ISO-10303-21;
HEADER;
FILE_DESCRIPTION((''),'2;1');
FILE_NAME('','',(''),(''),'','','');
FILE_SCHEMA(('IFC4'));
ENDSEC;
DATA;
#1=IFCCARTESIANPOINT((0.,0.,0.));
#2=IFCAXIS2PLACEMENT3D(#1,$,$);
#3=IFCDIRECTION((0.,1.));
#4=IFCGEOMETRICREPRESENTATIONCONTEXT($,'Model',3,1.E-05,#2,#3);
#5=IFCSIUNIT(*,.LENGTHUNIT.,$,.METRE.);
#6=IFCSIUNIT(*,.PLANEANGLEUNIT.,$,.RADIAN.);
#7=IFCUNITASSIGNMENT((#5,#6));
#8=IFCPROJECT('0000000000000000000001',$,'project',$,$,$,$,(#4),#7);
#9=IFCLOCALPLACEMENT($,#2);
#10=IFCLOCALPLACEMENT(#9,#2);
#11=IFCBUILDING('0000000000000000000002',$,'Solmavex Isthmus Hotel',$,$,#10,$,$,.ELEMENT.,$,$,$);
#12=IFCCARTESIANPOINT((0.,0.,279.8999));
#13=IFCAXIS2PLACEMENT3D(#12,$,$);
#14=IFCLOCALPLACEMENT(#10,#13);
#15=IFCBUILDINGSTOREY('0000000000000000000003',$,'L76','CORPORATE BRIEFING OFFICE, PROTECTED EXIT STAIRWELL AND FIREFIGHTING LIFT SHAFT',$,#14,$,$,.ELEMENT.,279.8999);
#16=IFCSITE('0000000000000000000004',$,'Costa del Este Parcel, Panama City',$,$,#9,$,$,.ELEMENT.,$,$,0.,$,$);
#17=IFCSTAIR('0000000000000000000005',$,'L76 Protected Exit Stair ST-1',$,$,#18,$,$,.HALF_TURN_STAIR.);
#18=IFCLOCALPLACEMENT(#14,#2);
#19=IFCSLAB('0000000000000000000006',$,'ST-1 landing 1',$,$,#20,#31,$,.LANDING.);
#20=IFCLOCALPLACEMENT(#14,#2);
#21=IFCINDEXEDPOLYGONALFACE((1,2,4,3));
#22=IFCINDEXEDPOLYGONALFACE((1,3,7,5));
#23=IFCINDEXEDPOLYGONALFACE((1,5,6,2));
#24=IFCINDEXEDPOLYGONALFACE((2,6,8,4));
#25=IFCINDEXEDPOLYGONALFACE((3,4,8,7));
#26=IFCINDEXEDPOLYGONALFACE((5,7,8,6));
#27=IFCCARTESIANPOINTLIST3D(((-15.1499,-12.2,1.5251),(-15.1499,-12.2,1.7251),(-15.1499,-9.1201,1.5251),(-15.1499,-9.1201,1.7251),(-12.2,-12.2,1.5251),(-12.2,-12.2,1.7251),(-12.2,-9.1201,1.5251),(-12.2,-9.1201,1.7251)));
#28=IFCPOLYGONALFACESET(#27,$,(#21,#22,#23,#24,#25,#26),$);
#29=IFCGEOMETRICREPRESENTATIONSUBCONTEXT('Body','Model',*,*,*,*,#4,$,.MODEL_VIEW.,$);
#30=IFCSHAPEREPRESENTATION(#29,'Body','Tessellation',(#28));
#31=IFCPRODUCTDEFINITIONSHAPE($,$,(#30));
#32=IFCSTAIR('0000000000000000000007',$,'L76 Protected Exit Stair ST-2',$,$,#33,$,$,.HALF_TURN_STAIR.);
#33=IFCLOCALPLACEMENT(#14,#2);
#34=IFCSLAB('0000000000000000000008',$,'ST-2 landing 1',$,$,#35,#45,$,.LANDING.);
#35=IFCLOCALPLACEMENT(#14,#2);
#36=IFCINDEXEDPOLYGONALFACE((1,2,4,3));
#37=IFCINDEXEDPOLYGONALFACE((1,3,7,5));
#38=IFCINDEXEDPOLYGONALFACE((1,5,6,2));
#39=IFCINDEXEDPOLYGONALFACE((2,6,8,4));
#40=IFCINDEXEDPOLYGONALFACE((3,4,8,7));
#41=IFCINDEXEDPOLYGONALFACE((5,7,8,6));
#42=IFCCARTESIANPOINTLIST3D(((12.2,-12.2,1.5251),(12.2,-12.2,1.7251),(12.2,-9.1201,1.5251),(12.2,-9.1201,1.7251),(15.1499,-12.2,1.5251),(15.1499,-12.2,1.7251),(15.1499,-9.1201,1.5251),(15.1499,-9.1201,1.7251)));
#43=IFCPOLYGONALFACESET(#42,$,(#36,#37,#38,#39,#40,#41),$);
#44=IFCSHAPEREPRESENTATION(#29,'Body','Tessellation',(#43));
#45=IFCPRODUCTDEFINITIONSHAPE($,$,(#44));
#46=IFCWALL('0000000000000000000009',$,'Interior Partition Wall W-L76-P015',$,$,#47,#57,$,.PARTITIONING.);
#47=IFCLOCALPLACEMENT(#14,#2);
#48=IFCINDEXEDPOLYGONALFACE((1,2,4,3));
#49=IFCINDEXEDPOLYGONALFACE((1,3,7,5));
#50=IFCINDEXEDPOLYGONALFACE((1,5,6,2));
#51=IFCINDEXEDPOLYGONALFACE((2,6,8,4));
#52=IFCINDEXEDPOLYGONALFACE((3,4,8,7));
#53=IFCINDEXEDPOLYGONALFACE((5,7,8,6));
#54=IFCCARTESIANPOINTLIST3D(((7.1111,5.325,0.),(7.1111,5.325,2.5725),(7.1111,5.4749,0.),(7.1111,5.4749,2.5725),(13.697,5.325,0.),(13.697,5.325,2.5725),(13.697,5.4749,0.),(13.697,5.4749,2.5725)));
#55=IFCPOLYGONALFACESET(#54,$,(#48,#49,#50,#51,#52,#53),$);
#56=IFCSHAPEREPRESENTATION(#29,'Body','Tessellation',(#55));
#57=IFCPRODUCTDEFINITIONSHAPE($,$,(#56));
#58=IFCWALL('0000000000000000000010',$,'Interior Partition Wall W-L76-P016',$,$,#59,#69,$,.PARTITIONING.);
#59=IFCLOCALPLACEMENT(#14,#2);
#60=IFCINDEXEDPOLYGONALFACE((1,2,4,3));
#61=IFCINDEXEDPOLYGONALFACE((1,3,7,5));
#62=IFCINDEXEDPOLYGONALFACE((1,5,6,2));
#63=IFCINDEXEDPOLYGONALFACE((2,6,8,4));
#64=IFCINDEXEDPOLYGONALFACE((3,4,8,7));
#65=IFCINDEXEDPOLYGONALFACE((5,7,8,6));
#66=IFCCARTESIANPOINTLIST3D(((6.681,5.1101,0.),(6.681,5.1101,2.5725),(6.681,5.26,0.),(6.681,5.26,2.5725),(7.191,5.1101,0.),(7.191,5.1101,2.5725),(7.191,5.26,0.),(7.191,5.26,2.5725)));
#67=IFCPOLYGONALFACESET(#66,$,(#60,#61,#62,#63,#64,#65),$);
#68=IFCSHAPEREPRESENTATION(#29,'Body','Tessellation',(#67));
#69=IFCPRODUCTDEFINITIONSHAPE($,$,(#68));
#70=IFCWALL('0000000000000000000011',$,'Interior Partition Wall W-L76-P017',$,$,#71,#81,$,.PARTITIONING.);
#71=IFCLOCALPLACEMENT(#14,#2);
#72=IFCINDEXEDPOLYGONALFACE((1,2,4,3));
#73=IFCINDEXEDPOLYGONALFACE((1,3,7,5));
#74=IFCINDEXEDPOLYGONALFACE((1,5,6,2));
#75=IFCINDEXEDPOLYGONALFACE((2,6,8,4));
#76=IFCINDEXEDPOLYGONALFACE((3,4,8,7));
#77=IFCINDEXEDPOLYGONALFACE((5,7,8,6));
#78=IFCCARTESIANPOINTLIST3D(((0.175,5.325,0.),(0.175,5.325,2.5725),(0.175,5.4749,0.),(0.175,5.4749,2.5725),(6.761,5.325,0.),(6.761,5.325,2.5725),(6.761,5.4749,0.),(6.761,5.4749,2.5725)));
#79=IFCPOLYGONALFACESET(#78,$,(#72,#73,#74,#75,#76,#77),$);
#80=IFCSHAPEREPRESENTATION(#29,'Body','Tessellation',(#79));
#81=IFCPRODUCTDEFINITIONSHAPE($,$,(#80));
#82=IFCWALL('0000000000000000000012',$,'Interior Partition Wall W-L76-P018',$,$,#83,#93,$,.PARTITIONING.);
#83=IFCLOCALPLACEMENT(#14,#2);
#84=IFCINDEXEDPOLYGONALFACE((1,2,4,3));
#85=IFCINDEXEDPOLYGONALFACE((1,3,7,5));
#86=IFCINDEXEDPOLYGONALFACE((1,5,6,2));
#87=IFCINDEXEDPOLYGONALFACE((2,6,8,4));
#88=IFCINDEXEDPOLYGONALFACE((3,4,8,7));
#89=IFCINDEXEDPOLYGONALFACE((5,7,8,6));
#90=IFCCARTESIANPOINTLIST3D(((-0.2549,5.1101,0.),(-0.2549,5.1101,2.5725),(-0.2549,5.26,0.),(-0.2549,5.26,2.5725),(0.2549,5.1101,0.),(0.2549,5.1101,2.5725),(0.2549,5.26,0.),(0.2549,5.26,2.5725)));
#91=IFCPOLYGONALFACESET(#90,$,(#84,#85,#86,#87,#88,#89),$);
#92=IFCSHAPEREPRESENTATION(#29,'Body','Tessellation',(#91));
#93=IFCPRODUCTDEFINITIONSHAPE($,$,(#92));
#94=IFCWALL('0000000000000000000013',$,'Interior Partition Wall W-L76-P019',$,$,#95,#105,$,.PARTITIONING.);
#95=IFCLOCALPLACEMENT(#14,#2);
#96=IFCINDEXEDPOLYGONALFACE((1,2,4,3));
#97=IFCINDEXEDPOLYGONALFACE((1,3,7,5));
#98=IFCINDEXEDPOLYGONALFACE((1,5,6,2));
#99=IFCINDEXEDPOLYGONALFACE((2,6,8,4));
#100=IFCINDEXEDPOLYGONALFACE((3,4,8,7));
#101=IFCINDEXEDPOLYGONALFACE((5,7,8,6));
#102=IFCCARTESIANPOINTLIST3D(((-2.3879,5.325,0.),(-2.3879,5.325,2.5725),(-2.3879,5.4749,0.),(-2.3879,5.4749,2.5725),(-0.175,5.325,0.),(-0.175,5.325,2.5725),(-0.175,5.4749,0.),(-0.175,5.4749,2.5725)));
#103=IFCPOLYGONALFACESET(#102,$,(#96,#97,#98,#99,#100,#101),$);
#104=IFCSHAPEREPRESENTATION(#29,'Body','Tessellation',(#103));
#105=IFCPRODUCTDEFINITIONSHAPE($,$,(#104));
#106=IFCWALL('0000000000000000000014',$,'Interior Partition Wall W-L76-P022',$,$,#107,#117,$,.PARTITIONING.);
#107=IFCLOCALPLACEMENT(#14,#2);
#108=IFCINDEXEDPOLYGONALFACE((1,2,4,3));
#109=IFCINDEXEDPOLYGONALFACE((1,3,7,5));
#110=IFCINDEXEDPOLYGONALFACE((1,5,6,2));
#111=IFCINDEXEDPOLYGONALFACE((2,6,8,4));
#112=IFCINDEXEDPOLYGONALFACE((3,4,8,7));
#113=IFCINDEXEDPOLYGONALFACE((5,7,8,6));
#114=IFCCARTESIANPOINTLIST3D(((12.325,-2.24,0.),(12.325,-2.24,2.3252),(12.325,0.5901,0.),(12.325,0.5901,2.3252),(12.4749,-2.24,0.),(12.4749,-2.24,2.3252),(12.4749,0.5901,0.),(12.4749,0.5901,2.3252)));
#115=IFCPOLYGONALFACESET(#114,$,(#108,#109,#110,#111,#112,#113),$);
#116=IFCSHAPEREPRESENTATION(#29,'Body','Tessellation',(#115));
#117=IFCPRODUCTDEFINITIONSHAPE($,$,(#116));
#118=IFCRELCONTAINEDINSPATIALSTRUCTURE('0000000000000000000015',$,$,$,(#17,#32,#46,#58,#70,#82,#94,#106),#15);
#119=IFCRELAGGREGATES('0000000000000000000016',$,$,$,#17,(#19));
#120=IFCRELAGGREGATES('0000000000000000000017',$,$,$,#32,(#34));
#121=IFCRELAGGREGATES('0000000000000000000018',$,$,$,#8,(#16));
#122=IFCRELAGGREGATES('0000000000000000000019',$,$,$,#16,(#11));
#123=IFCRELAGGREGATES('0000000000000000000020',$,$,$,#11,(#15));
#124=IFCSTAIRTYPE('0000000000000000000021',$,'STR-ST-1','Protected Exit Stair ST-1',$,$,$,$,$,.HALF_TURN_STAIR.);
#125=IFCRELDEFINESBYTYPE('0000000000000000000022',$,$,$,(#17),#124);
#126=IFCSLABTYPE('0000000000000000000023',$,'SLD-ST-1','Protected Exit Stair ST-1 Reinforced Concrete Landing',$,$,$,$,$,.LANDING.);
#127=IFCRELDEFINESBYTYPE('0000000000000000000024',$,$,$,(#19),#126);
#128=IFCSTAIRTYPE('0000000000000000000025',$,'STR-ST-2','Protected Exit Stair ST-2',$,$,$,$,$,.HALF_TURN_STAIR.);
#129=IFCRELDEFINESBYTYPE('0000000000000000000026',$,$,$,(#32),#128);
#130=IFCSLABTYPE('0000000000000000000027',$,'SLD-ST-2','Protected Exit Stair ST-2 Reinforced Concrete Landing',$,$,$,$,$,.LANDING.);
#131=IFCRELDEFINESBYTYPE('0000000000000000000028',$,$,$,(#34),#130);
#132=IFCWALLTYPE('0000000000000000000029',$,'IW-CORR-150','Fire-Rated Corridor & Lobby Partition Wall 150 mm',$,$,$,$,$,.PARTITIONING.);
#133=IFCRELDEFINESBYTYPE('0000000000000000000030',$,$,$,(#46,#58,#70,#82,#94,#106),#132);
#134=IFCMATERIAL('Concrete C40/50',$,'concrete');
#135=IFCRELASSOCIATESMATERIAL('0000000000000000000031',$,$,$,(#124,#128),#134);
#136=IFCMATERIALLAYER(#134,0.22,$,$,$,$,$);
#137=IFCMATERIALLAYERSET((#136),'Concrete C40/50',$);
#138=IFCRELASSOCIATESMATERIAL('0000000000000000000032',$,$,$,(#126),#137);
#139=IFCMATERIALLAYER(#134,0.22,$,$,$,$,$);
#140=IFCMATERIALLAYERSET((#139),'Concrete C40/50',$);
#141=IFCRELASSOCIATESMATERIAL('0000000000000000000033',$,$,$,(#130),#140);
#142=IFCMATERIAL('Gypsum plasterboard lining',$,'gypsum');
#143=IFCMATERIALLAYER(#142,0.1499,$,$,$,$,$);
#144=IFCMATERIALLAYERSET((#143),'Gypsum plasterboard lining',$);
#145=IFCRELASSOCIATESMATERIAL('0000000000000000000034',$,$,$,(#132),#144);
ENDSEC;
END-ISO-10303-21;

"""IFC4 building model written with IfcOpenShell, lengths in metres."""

from ifc_helpers import new_model, si_unit, direction, frame, frame_2d, origin, place, context, subcontext, project, spatial, polyline, rectangle, outline, extrude, material, layer, layer_set, type_object, element, aggregate, save


model = new_model("IFC4")

# Units and contexts
model_context = context("Model", 3, precision=1e-05, world=origin(), true_north=direction((0.0, 1.0)))
body_context = subcontext(model_context, "Body", "Model", "MODEL_VIEW")
ifc_project = project(units=[si_unit("LENGTHUNIT", "METRE"), si_unit("PLANEANGLEUNIT", "RADIAN")], contexts=[model_context])

# Site, building, storey
site_placement = place(None, origin())
site = spatial("IfcSite", under=ifc_project, at=site_placement, Name="Costa del Este Parcel, Panama City", CompositionType="ELEMENT", RefElevation=0.0)
building_placement = place(site_placement, origin())
building = spatial("IfcBuilding", under=site, at=building_placement, Name="Solmavex Isthmus Hotel", CompositionType="ELEMENT")
storey_placement = place(building_placement, frame((0.0, 0.0, 279.8999)))
storey = spatial("IfcBuildingStorey", under=building, at=storey_placement, Name="L76", Description="CORPORATE BRIEFING OFFICE, PROTECTED EXIT STAIRWELL AND FIREFIGHTING LIFT SHAFT", CompositionType="ELEMENT", Elevation=279.8999)

# Shared definitions
ifc_material_1 = material(Name="Concrete C40/50", Category="concrete")

# Stairs, slabs
stair_type_1 = type_object("IfcStairType", Name="STR-ST-1", Description="Protected Exit Stair ST-1", PredefinedType="HALF_TURN_STAIR", material=ifc_material_1)
stair_1_placement = place(storey_placement, origin())
stair_1 = element("IfcStair", 1, at=stair_1_placement, inside=storey, type_object=stair_type_1, Name="L76 Protected Exit Stair ST-1", PredefinedType="HALF_TURN_STAIR")
ifc_layer_1 = layer(ifc_material_1, 0.22)
ifc_layer_set_1 = layer_set([ifc_layer_1], Name="Concrete C40/50")
slab_type_1 = type_object("IfcSlabType", Name="SLD-ST-1", Description="Protected Exit Stair ST-1 Reinforced Concrete Landing", PredefinedType="LANDING", material=ifc_layer_set_1)
slab_1_placement = place(storey_placement, frame((0.0, 0.0, 1.5251)))
slab_1 = element("IfcSlab", 2, at=slab_1_placement, type_object=slab_type_1, Name="ST-1 landing 1", PredefinedType="LANDING", context=body_context, shape_type="SweptSolid", body=[
    extrude(outline(polyline([(-15.1499, -9.1201), (-15.1499, -12.2), (-12.2, -12.2), (-12.2, -9.1201), (-15.1499, -9.1201)])), origin(), (0.0, 0.0, 1.0), 0.2),
])
aggregate(stair_1, [slab_1])
stair_type_2 = type_object("IfcStairType", Name="STR-ST-2", Description="Protected Exit Stair ST-2", PredefinedType="HALF_TURN_STAIR", material=ifc_material_1)
stair_2_placement = place(storey_placement, origin())
stair_2 = element("IfcStair", 3, at=stair_2_placement, inside=storey, type_object=stair_type_2, Name="L76 Protected Exit Stair ST-2", PredefinedType="HALF_TURN_STAIR")
ifc_layer_2 = layer(ifc_material_1, 0.22)
ifc_layer_set_2 = layer_set([ifc_layer_2], Name="Concrete C40/50")
slab_type_2 = type_object("IfcSlabType", Name="SLD-ST-2", Description="Protected Exit Stair ST-2 Reinforced Concrete Landing", PredefinedType="LANDING", material=ifc_layer_set_2)
slab_2_placement = place(storey_placement, frame((0.0, 0.0, 1.5251)))
slab_2 = element("IfcSlab", 4, at=slab_2_placement, type_object=slab_type_2, Name="ST-2 landing 1", PredefinedType="LANDING", context=body_context, shape_type="SweptSolid", body=[
    extrude(outline(polyline([(12.2, -9.1201), (12.2, -12.2), (15.1499, -12.2), (15.1499, -9.1201), (12.2, -9.1201)])), origin(), (0.0, 0.0, 1.0), 0.2),
])
aggregate(stair_2, [slab_2])

# Walls
ifc_material_2 = material(Name="Gypsum plasterboard lining", Category="gypsum")
ifc_layer_3 = layer(ifc_material_2, 0.1499)
ifc_layer_set_3 = layer_set([ifc_layer_3], Name="Gypsum plasterboard lining")
wall_type = type_object("IfcWallType", Name="IW-CORR-150", Description="Fire-Rated Corridor & Lobby Partition Wall 150 mm", PredefinedType="PARTITIONING", material=ifc_layer_set_3)
wall_1_placement = place(storey_placement, frame((13.697, 5.3999, 0.0), z_axis=(0.0, 0.0, 1.0), x_axis=(-1.0, 0.0, 0.0)))
element("IfcWall", 5, at=wall_1_placement, inside=storey, type_object=wall_type, Name="Interior Partition Wall W-L76-P015", PredefinedType="PARTITIONING", context=body_context, shape_type="SweptSolid", body=[
    extrude(rectangle(XDim=6.5859, YDim=0.1499, at=frame_2d((3.293, 0.0))), origin(), (0.0, 0.0, 1.0), 2.5725),
])
wall_2_placement = place(storey_placement, frame((7.1909, 5.1851, 0.0), z_axis=(0.0, 0.0, 1.0), x_axis=(-1.0, 0.0, 0.0)))
element("IfcWall", 6, at=wall_2_placement, inside=storey, type_object=wall_type, Name="Interior Partition Wall W-L76-P016", PredefinedType="PARTITIONING", context=body_context, shape_type="SweptSolid", body=[
    extrude(rectangle(XDim=0.51, YDim=0.1499, at=frame_2d((0.2549, 0.0))), origin(), (0.0, 0.0, 1.0), 2.5725),
])
wall_3_placement = place(storey_placement, frame((6.761, 5.3999, 0.0), z_axis=(0.0, 0.0, 1.0), x_axis=(-1.0, 0.0, 0.0)))
element("IfcWall", 7, at=wall_3_placement, inside=storey, type_object=wall_type, Name="Interior Partition Wall W-L76-P017", PredefinedType="PARTITIONING", context=body_context, shape_type="SweptSolid", body=[
    extrude(rectangle(XDim=6.5859, YDim=0.1499, at=frame_2d((3.293, 0.0))), origin(), (0.0, 0.0, 1.0), 2.5725),
])
wall_4_placement = place(storey_placement, frame((0.2549, 5.1851, 0.0), z_axis=(0.0, 0.0, 1.0), x_axis=(-1.0, 0.0, 0.0)))
element("IfcWall", 8, at=wall_4_placement, inside=storey, type_object=wall_type, Name="Interior Partition Wall W-L76-P018", PredefinedType="PARTITIONING", context=body_context, shape_type="SweptSolid", body=[
    extrude(rectangle(XDim=0.5098, YDim=0.1499, at=frame_2d((0.2549, 0.0))), origin(), (0.0, 0.0, 1.0), 2.5725),
])
wall_5_placement = place(storey_placement, frame((-0.175, 5.3999, 0.0), z_axis=(0.0, 0.0, 1.0), x_axis=(-1.0, 0.0, 0.0)))
element("IfcWall", 9, at=wall_5_placement, inside=storey, type_object=wall_type, Name="Interior Partition Wall W-L76-P019", PredefinedType="PARTITIONING", context=body_context, shape_type="SweptSolid", body=[
    extrude(rectangle(XDim=2.2129, YDim=0.1499, at=frame_2d((1.1064, 0.0))), origin(), (0.0, 0.0, 1.0), 2.5725),
])
wall_6_placement = place(storey_placement, frame((12.3999, 0.5901, 0.0), z_axis=(0.0, 0.0, 1.0), x_axis=(0.0, -1.0, 0.0)))
element("IfcWall", 10, at=wall_6_placement, inside=storey, type_object=wall_type, Name="Interior Partition Wall W-L76-P022", PredefinedType="PARTITIONING", context=body_context, shape_type="SweptSolid", body=[
    extrude(rectangle(XDim=2.8301, YDim=0.1499, at=frame_2d((1.415, 0.0))), origin(), (0.0, 0.0, 1.0), 2.3252),
])

save(model, "model.ifc")
